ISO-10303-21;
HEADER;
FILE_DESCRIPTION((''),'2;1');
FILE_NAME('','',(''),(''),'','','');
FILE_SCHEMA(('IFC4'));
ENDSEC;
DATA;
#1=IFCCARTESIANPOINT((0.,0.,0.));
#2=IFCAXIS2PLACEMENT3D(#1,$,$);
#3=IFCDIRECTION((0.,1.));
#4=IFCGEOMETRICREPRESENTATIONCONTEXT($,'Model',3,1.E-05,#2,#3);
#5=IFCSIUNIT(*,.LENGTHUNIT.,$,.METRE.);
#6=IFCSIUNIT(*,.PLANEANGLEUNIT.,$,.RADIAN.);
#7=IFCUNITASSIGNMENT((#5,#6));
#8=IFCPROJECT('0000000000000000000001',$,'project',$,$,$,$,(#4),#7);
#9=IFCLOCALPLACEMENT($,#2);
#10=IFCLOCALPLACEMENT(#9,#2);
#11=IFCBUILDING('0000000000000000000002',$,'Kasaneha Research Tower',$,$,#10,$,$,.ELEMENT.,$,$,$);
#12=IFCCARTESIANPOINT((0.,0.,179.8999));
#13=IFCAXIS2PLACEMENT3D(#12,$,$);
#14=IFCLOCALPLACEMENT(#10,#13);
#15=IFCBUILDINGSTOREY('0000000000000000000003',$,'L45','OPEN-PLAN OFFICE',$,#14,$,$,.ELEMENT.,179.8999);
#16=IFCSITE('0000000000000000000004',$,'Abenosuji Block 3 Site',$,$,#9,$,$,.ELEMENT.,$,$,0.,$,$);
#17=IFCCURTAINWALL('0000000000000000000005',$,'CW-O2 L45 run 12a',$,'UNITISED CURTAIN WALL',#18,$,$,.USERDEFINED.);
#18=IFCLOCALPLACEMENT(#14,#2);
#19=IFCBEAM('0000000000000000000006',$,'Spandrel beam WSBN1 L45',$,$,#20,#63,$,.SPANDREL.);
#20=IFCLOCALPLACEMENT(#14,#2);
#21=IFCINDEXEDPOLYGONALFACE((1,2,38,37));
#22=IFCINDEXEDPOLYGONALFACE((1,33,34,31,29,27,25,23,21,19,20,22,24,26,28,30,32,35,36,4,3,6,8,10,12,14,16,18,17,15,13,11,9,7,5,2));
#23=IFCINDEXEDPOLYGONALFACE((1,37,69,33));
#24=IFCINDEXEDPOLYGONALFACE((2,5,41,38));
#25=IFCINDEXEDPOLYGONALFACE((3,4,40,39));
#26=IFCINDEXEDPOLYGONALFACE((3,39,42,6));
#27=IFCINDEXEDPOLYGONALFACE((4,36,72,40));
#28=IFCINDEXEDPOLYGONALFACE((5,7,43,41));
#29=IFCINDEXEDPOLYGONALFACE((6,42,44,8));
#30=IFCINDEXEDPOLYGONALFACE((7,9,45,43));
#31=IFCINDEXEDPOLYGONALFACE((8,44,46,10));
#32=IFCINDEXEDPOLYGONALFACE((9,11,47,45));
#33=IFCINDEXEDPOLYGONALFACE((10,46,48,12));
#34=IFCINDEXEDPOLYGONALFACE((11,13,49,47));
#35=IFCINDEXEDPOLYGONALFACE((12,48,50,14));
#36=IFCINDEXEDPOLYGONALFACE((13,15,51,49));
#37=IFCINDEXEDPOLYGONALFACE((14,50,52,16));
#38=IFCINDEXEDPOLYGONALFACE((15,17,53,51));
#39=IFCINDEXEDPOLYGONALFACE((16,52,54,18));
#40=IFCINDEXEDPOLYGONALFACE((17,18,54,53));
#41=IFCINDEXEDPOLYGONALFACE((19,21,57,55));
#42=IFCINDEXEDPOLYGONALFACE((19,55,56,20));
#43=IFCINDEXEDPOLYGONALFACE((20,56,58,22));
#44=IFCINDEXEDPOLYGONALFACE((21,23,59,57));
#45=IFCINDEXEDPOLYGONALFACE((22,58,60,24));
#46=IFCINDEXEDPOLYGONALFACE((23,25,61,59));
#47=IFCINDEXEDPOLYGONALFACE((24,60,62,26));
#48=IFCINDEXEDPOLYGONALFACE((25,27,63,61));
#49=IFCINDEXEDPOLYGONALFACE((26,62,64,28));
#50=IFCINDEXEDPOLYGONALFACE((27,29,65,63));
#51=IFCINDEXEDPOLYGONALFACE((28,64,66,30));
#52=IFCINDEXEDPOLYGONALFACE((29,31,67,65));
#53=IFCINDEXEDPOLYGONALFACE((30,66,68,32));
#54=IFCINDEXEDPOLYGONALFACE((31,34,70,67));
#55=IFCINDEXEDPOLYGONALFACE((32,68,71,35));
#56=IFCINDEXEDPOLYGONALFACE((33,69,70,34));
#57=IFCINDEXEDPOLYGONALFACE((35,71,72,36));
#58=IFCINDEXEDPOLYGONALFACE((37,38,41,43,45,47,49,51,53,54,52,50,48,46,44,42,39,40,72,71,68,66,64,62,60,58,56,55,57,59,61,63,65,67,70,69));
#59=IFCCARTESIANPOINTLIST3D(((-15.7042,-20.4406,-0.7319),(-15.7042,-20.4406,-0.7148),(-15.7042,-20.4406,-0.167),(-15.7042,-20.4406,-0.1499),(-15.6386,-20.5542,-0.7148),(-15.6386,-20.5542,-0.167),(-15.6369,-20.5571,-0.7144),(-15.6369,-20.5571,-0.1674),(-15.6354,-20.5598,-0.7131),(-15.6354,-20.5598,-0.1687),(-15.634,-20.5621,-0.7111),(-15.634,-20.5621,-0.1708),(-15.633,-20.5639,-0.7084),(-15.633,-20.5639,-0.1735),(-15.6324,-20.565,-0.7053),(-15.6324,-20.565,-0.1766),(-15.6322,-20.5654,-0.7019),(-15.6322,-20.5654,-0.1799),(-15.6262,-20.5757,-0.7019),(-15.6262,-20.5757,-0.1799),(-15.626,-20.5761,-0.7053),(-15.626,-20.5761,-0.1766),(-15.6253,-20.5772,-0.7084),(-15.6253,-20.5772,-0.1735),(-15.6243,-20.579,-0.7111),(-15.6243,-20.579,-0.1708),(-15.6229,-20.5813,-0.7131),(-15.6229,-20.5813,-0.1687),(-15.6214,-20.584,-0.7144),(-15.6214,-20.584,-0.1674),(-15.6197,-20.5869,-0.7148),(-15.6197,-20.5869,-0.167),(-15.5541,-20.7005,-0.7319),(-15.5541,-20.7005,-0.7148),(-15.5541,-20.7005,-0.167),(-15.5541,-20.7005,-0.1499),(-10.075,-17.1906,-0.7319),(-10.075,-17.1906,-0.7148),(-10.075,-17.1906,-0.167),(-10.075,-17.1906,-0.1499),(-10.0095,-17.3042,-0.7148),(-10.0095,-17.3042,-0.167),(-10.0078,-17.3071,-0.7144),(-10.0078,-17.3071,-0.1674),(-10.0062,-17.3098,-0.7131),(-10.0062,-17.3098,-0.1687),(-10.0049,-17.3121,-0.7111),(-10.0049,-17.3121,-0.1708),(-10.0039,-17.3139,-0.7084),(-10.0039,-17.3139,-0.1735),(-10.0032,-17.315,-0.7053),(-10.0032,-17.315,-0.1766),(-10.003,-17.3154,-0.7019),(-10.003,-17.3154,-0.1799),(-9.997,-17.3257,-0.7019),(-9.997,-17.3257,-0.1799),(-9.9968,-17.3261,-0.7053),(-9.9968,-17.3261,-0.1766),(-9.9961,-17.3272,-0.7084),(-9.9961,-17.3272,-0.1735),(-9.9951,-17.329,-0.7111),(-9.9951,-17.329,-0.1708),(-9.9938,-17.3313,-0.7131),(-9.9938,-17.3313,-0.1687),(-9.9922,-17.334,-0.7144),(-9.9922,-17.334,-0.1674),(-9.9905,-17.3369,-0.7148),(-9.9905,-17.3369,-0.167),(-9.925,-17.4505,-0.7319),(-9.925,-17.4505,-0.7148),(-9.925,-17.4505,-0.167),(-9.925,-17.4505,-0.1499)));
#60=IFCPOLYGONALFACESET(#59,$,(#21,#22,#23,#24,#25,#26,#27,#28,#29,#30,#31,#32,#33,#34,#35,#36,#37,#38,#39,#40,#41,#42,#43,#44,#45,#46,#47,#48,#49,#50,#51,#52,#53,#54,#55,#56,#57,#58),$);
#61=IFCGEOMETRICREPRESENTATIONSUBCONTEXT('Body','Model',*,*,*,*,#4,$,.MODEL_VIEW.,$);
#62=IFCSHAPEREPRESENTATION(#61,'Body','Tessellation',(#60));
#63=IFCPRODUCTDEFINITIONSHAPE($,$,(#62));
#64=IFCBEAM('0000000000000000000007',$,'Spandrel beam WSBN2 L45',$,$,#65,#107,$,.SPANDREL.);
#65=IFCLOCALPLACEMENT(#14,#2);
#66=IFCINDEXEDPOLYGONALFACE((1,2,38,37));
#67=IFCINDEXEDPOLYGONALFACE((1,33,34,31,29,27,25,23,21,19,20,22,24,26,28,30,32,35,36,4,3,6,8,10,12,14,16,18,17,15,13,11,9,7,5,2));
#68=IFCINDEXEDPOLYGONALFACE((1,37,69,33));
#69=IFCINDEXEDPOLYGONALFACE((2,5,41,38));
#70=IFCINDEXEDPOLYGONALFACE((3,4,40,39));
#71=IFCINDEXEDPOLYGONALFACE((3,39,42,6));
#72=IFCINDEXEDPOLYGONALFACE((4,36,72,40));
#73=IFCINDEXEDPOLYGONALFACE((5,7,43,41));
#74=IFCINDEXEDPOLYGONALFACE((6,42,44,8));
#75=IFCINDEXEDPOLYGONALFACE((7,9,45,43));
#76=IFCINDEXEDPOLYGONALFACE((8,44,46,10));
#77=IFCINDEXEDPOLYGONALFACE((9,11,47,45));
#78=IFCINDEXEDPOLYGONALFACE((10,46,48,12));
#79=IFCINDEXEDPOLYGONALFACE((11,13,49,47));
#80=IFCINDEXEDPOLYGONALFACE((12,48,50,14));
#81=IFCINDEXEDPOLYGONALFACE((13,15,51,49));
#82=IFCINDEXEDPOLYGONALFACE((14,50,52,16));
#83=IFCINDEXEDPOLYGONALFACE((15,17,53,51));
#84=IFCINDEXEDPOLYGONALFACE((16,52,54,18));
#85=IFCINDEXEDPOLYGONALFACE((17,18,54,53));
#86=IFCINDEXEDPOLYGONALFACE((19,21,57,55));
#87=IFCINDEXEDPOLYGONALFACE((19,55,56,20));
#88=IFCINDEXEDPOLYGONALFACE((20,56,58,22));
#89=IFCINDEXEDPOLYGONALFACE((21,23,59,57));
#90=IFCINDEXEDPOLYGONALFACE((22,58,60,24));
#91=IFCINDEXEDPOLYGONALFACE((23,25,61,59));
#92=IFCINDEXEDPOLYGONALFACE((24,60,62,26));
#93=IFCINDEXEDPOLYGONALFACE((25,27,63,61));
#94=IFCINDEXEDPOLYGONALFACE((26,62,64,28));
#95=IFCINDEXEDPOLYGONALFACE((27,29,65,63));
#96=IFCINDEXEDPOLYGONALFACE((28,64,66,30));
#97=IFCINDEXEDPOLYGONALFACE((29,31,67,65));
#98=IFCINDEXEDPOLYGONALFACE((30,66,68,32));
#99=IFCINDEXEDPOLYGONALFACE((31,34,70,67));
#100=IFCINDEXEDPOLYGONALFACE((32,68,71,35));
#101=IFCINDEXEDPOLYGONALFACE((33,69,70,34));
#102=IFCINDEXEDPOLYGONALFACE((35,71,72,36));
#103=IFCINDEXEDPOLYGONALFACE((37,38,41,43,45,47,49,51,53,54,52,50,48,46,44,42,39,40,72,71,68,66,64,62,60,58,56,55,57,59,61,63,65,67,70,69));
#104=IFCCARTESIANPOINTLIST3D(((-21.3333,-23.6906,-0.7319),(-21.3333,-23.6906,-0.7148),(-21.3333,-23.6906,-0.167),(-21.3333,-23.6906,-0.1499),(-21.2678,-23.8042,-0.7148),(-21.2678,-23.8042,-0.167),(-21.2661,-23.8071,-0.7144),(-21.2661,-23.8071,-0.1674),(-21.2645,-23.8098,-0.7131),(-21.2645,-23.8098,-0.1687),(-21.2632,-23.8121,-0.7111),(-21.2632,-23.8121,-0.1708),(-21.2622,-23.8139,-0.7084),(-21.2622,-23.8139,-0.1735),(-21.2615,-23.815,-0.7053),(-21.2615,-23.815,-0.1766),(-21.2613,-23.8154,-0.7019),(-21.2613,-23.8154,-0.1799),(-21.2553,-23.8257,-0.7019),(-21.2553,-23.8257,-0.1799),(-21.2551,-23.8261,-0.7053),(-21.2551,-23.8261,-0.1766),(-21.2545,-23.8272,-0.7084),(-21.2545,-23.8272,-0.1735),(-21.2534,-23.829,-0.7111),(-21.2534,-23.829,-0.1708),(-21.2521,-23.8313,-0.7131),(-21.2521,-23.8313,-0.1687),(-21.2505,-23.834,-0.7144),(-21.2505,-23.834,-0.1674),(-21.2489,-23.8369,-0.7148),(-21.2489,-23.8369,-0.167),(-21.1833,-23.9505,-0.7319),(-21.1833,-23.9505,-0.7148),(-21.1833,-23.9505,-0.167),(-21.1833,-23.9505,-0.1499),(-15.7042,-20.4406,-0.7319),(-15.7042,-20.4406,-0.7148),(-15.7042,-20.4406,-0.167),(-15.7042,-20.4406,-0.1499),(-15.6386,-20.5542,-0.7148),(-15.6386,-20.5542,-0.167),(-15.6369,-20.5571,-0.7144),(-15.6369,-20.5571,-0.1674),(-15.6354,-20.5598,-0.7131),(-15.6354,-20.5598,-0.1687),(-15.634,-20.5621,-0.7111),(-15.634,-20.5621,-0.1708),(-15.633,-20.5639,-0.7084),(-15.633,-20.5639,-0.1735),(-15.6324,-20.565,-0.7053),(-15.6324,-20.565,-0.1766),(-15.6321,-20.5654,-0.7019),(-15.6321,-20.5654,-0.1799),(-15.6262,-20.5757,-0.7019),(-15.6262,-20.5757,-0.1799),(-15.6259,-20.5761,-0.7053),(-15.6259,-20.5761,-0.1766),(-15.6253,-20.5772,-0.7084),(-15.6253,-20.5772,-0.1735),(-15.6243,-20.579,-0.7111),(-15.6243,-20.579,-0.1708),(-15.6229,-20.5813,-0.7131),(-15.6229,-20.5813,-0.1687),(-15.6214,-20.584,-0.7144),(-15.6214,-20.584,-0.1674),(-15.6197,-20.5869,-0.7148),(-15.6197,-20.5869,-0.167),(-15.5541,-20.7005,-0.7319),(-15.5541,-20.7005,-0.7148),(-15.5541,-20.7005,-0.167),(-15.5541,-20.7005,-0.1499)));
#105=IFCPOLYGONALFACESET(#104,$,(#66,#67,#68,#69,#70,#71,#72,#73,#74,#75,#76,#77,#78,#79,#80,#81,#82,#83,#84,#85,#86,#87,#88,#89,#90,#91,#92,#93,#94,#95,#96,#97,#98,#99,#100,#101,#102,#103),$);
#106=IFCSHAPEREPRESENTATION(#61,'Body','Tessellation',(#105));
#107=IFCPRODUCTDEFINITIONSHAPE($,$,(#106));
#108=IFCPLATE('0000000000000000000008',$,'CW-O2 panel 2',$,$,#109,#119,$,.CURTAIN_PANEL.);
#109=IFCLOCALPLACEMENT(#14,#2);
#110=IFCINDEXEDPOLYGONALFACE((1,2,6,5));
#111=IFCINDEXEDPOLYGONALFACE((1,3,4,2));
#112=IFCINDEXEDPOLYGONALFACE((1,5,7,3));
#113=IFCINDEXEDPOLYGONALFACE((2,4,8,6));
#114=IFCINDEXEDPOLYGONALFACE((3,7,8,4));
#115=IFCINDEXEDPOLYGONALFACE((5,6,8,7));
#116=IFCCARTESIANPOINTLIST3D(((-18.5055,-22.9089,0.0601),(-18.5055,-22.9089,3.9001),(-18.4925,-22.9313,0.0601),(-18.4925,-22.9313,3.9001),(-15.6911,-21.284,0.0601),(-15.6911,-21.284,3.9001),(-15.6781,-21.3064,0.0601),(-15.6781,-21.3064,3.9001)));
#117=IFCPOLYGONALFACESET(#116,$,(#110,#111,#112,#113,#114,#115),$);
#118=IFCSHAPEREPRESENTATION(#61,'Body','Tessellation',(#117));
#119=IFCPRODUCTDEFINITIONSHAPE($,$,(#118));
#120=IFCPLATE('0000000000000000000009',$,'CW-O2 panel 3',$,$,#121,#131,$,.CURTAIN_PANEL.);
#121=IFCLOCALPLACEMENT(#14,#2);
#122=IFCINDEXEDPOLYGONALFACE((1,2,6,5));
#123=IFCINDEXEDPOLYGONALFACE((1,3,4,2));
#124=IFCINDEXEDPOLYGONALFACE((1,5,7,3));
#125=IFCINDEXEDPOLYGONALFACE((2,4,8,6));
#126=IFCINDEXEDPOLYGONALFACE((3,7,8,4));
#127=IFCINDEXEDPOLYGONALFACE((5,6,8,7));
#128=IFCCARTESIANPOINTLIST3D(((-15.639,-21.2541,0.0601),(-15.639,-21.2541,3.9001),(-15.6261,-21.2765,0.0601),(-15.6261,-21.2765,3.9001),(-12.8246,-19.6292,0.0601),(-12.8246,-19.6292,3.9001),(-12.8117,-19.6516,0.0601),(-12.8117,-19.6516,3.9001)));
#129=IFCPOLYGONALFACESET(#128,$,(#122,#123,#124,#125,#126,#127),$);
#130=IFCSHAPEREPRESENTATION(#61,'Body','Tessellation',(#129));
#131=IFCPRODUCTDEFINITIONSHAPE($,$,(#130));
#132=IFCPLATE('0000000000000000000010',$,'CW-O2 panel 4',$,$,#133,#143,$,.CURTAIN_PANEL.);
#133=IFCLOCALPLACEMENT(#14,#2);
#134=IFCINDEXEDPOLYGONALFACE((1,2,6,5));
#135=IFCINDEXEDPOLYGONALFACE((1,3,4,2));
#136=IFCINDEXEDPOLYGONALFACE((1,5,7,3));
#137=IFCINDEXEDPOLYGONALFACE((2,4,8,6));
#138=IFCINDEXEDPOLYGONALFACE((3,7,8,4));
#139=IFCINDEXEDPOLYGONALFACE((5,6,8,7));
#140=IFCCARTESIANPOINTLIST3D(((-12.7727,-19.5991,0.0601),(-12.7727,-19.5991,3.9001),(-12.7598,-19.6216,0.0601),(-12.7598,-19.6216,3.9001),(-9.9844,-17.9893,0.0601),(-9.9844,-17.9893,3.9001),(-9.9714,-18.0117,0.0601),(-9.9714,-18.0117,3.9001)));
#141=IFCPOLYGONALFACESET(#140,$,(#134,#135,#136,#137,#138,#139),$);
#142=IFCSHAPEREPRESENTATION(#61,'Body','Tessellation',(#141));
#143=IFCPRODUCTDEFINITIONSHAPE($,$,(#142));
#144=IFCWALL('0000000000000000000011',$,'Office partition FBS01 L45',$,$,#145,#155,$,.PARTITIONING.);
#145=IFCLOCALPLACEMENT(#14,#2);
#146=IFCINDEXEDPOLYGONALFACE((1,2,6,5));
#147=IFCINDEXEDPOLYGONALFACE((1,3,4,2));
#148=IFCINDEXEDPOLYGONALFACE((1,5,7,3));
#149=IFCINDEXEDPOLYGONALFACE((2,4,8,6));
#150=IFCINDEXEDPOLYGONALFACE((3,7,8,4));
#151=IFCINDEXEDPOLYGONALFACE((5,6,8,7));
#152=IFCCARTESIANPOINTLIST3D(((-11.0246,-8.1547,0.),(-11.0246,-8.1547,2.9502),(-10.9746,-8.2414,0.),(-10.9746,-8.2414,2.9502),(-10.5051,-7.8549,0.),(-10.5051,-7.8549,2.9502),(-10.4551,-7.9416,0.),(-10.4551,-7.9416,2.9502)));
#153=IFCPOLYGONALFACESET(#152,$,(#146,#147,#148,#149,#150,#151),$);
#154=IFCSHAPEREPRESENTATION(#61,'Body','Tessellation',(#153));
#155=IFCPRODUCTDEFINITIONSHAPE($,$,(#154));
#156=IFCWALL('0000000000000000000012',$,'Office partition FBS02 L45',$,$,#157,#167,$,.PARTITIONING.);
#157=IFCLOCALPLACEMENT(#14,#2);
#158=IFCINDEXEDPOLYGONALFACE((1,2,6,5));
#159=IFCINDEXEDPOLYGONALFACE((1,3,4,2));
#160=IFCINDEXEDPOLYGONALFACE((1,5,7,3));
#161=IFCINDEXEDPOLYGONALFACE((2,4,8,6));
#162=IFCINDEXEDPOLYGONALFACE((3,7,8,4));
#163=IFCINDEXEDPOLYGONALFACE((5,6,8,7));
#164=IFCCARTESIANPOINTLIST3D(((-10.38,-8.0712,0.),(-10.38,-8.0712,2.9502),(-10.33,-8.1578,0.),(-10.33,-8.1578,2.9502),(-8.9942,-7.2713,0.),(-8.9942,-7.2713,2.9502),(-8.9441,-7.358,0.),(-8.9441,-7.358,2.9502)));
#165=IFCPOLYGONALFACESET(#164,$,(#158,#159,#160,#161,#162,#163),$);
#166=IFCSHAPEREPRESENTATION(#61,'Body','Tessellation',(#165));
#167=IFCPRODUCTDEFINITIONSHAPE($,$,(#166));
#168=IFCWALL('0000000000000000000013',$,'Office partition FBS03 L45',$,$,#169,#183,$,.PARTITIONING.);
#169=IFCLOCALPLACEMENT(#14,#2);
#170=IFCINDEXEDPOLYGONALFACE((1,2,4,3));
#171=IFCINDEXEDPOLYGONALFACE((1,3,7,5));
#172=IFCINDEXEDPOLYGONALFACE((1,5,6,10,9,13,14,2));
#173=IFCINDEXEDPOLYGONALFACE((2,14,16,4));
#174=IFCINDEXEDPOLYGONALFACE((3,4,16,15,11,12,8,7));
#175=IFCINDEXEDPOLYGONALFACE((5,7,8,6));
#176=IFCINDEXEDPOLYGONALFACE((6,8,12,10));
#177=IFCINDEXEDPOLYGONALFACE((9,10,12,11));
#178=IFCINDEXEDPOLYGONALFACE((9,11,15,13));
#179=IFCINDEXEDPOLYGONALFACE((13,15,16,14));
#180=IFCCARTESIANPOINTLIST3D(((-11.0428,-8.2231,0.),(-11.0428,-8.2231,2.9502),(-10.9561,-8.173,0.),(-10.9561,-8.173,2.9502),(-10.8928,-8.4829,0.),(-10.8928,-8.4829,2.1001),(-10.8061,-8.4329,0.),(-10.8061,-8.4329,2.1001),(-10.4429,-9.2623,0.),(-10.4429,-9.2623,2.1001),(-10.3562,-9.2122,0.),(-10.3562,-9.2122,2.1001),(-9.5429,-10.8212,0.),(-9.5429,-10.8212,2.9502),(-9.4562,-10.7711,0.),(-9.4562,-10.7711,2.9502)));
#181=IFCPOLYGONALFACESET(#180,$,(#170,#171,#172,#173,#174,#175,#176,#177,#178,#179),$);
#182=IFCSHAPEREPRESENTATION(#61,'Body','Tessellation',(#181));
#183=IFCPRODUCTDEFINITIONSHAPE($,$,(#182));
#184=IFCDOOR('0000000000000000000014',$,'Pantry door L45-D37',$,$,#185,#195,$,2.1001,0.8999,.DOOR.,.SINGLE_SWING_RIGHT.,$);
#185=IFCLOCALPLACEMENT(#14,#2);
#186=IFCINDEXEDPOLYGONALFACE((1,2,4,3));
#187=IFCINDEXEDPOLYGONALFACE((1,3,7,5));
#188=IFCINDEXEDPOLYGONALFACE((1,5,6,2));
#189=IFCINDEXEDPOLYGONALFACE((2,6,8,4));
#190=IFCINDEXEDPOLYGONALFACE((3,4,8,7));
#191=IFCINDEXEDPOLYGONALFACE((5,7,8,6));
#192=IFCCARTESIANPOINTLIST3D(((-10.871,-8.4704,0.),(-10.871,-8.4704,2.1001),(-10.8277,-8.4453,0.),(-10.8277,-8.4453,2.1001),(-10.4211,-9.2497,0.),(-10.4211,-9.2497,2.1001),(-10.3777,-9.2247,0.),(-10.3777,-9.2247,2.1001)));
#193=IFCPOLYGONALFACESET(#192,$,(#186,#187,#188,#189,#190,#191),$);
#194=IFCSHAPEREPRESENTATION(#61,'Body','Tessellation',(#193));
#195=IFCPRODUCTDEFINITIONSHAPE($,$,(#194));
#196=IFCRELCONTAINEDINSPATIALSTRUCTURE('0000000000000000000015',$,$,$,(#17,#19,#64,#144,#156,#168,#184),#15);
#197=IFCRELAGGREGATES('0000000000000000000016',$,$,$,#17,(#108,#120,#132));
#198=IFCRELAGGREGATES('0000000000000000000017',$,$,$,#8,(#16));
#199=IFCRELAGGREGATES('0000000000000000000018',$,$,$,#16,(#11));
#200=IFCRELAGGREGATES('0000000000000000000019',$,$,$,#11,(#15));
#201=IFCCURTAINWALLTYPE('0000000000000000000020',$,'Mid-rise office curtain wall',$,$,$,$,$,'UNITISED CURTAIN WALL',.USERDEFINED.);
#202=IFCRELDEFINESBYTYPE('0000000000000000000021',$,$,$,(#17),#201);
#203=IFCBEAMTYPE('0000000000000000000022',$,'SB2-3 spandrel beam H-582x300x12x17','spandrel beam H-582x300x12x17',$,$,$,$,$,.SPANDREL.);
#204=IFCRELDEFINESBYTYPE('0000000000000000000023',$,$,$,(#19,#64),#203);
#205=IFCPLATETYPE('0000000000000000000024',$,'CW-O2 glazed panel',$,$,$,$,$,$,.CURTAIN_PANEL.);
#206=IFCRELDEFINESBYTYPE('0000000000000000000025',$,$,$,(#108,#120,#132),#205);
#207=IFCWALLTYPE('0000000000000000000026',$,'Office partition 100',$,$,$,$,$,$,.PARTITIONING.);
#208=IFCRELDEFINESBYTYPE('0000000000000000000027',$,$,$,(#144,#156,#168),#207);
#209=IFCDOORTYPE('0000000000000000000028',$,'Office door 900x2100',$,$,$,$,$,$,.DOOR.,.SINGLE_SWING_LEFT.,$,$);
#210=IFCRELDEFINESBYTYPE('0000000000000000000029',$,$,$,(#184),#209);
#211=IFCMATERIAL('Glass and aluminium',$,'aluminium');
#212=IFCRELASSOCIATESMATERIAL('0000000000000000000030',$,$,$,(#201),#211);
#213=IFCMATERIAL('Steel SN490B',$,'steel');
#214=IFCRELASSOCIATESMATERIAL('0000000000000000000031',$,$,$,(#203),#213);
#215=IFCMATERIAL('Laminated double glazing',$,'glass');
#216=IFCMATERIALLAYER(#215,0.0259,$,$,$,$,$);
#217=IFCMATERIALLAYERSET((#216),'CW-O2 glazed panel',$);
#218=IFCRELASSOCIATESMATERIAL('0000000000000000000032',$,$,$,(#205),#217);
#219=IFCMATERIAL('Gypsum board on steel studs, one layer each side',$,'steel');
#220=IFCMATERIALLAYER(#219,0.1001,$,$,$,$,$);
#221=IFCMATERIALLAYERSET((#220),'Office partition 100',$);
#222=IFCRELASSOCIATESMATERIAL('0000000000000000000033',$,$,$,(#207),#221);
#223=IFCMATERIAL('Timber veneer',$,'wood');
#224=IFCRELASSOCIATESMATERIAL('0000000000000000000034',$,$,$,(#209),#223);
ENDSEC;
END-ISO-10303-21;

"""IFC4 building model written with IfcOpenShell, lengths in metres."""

from ifc_helpers import new_model, si_unit, direction, frame, frame_2d, origin, origin_2d, place, context, subcontext, project, spatial, rectangle, i_section, extrude, material, layer, layer_set, material_profile, profile_set, type_object, element, fill, aggregate, save


model = new_model("IFC4")

# Units and contexts
model_context = context("Model", 3, precision=1e-05, world=origin(), true_north=direction((0.0, 1.0)))
body_context = subcontext(model_context, "Body", "Model", "MODEL_VIEW")
ifc_project = project(units=[si_unit("LENGTHUNIT", "METRE"), si_unit("PLANEANGLEUNIT", "RADIAN")], contexts=[model_context])

# Site, building, storey
site_placement = place(None, origin())
site = spatial("IfcSite", under=ifc_project, at=site_placement, Name="Abenosuji Block 3 Site", CompositionType="ELEMENT", RefElevation=0.0)
building_placement = place(site_placement, origin())
building = spatial("IfcBuilding", under=site, at=building_placement, Name="Kasaneha Research Tower", CompositionType="ELEMENT")
storey_placement = place(building_placement, frame((0.0, 0.0, 179.8999)))
storey = spatial("IfcBuildingStorey", under=building, at=storey_placement, Name="L45", Description="OPEN-PLAN OFFICE", CompositionType="ELEMENT", Elevation=179.8999)

# Shared definitions
ifc_material_1 = material(Name="Glass and aluminium", Category="aluminium")
curtain_wall_type = type_object("IfcCurtainWallType", Name="Mid-rise office curtain wall", ElementType="UNITISED CURTAIN WALL", PredefinedType="USERDEFINED", material=ifc_material_1)

# Curtain wall
curtain_wall_1_placement = place(storey_placement, origin())
curtain_wall_1 = element("IfcCurtainWall", 1, at=curtain_wall_1_placement, inside=storey, type_object=curtain_wall_type, Name="CW-O2 L45 run 12a", ObjectType="UNITISED CURTAIN WALL", PredefinedType="USERDEFINED")

# Beams
ifc_material_2 = material(Name="Steel SN490B", Category="steel")
ifc_material_profile_1 = material_profile(ifc_material_2, i_section(OverallWidth=0.3, OverallDepth=0.582, WebThickness=0.012, FlangeThickness=0.0171, FilletRadius=0.0129, at=origin_2d()), Name="H-582x300x12x17")
ifc_profile_set_1 = profile_set([ifc_material_profile_1], Name="Steel SN490B")
beam_type_1 = type_object("IfcBeamType", Name="SB2-3 spandrel beam H-582x300x12x17", Description="spandrel beam H-582x300x12x17", PredefinedType="SPANDREL", material=ifc_profile_set_1)
for number, where, z_axis, x_axis, name in (
    (2, (-10.0, -17.3206, -0.4409), (-0.866025, -0.500001, 0.0), (0.500001, -0.866025, 0.0), "Spandrel beam WSBN1 L45"),
    (3, (-15.6292, -20.5706, -0.4409), (-0.866025, -0.500001, 0.0), (0.500001, -0.866025, 0.0), "Spandrel beam WSBN2 L45"),
):
    element("IfcBeam", number, at=place(storey_placement, frame(where, z_axis=z_axis, x_axis=x_axis)), inside=storey, type_object=beam_type_1, Name=name, PredefinedType="SPANDREL", context=body_context, shape_type="SweptSolid", body=[
        extrude(i_section(OverallWidth=0.3, OverallDepth=0.582, WebThickness=0.012, FlangeThickness=0.0171, FilletRadius=0.0129, at=origin_2d()), origin(), (0.0, 0.0, 1.0), 6.5),
    ])

# Plates
ifc_material_3 = material(Name="Laminated double glazing", Category="glass")
ifc_layer_1 = layer(ifc_material_3, 0.0259)
ifc_layer_set_1 = layer_set([ifc_layer_1], Name="CW-O2 glazed panel")
plate_type = type_object("IfcPlateType", Name="CW-O2 glazed panel", PredefinedType="CURTAIN_PANEL", material=ifc_layer_set_1)
plate_1_placement = place(storey_placement, frame((-17.0918, -22.1077, 0.0601), z_axis=(0.0, 0.0, 1.0), x_axis=(0.866025, 0.5, 0.0)))
plate_1 = element("IfcPlate", 4, at=plate_1_placement, type_object=plate_type, Name="CW-O2 panel 2", PredefinedType="CURTAIN_PANEL", context=body_context, shape_type="SweptSolid", body=[
    extrude(rectangle(XDim=3.2498, YDim=0.0259, at=origin_2d()), origin(), (0.0, 0.0, 1.0), 3.8401),
])
plate_2_placement = place(storey_placement, frame((-14.2253, -20.4529, 0.0601), z_axis=(0.0, 0.0, 1.0), x_axis=(0.866025, 0.5, 0.0)))
plate_2 = element("IfcPlate", 5, at=plate_2_placement, type_object=plate_type, Name="CW-O2 panel 3", PredefinedType="CURTAIN_PANEL", context=body_context, shape_type="SweptSolid", body=[
    extrude(rectangle(XDim=3.2498, YDim=0.0259, at=origin_2d()), origin(), (0.0, 0.0, 1.0), 3.8401),
])
plate_3_placement = place(storey_placement, frame((-11.3721, -18.8054, 0.0601), z_axis=(0.0, 0.0, 1.0), x_axis=(0.866025, 0.5, 0.0)))
plate_3 = element("IfcPlate", 6, at=plate_3_placement, type_object=plate_type, Name="CW-O2 panel 4", PredefinedType="CURTAIN_PANEL", context=body_context, shape_type="SweptSolid", body=[
    extrude(rectangle(XDim=3.2197, YDim=0.0259, at=origin_2d()), origin(), (0.0, 0.0, 1.0), 3.8401),
])
aggregate(curtain_wall_1, [plate_1, plate_2, plate_3])

# Walls
ifc_material_4 = material(Name="Gypsum board on steel studs, one layer each side", Category="steel")
ifc_layer_2 = layer(ifc_material_4, 0.1001)
ifc_layer_set_2 = layer_set([ifc_layer_2], Name="Office partition 100")
wall_type_1 = type_object("IfcWallType", Name="Office partition 100", PredefinedType="PARTITIONING", material=ifc_layer_set_2)
wall_1_placement = place(storey_placement, frame((-10.9995, -8.198, 0.0), z_axis=(0.0, 0.0, 1.0), x_axis=(0.866131, 0.499816, 0.0)))
element("IfcWall", 7, at=wall_1_placement, inside=storey, type_object=wall_type_1, Name="Office partition FBS01 L45", PredefinedType="PARTITIONING", context=body_context, shape_type="SweptSolid", body=[
    extrude(rectangle(XDim=0.5999, YDim=0.1001, at=frame_2d((0.2998, 0.0))), origin(), (0.0, 0.0, 1.0), 2.9502),
])
wall_2_placement = place(storey_placement, frame((-10.355, -8.1145, 0.0), z_axis=(0.0, 0.0, 1.0), x_axis=(0.866094, 0.499881, 0.0)))
element("IfcWall", 8, at=wall_2_placement, inside=storey, type_object=wall_type_1, Name="Office partition FBS02 L45", PredefinedType="PARTITIONING", context=body_context, shape_type="SweptSolid", body=[
    extrude(rectangle(XDim=1.6001, YDim=0.1001, at=frame_2d((0.8, 0.0))), origin(), (0.0, 0.0, 1.0), 2.9502),
])

# Wall, opening, door
wall_3_placement = place(storey_placement, frame((-9.4995, -10.7961, 0.0), z_axis=(0.0, 0.0, 1.0), x_axis=(-0.49999, 0.866031, 0.0)))
wall_3 = element("IfcWall", 9, at=wall_3_placement, inside=storey, type_object=wall_type_1, Name="Office partition FBS03 L45", PredefinedType="PARTITIONING", context=body_context, shape_type="SweptSolid", body=[
    extrude(rectangle(XDim=3.0, YDim=0.1001, at=frame_2d((1.5, 0.0))), origin(), (0.0, 0.0, 1.0), 2.9502),
])
opening_1_placement = place(wall_3_placement, frame((1.8, 0.0, 0.0)))
opening_1 = element("IfcOpeningElement", 10, at=opening_1_placement, cuts=wall_3, PredefinedType="OPENING", context=body_context, shape_type="SweptSolid", body=[
    extrude(rectangle(XDim=0.8999, YDim=2.1001, at=frame_2d((0.45, 1.05))), frame((0.0, 0.0601, 0.0), z_axis=(0.0, -1.0, 0.0), x_axis=(1.0, 0.0, 0.0)), (0.0, 0.0, 1.0), 0.1201),
])
ifc_material_5 = material(Name="Timber veneer", Category="wood")
door_type_1 = type_object("IfcDoorType", Name="Office door 900x2100", OperationType="SINGLE_SWING_LEFT", PredefinedType="DOOR", material=ifc_material_5)
door_1_placement = place(opening_1_placement, origin())
door_1 = element("IfcDoor", 11, at=door_1_placement, inside=storey, type_object=door_type_1, Name="Pantry door L45-D37", OperationType="SINGLE_SWING_RIGHT", OverallHeight=2.1001, OverallWidth=0.8999, PredefinedType="DOOR", context=body_context, shape_type="SweptSolid", body=[
    extrude(rectangle(XDim=0.8999, YDim=2.1001, at=frame_2d((0.45, 1.05))), frame((0.0, 0.0249, 0.0), z_axis=(0.0, -1.0, 0.0), x_axis=(1.0, 0.0, 0.0)), (0.0, 0.0, 1.0), 0.05),
])
fill(opening_1, door_1)

save(model, "model.ifc")
